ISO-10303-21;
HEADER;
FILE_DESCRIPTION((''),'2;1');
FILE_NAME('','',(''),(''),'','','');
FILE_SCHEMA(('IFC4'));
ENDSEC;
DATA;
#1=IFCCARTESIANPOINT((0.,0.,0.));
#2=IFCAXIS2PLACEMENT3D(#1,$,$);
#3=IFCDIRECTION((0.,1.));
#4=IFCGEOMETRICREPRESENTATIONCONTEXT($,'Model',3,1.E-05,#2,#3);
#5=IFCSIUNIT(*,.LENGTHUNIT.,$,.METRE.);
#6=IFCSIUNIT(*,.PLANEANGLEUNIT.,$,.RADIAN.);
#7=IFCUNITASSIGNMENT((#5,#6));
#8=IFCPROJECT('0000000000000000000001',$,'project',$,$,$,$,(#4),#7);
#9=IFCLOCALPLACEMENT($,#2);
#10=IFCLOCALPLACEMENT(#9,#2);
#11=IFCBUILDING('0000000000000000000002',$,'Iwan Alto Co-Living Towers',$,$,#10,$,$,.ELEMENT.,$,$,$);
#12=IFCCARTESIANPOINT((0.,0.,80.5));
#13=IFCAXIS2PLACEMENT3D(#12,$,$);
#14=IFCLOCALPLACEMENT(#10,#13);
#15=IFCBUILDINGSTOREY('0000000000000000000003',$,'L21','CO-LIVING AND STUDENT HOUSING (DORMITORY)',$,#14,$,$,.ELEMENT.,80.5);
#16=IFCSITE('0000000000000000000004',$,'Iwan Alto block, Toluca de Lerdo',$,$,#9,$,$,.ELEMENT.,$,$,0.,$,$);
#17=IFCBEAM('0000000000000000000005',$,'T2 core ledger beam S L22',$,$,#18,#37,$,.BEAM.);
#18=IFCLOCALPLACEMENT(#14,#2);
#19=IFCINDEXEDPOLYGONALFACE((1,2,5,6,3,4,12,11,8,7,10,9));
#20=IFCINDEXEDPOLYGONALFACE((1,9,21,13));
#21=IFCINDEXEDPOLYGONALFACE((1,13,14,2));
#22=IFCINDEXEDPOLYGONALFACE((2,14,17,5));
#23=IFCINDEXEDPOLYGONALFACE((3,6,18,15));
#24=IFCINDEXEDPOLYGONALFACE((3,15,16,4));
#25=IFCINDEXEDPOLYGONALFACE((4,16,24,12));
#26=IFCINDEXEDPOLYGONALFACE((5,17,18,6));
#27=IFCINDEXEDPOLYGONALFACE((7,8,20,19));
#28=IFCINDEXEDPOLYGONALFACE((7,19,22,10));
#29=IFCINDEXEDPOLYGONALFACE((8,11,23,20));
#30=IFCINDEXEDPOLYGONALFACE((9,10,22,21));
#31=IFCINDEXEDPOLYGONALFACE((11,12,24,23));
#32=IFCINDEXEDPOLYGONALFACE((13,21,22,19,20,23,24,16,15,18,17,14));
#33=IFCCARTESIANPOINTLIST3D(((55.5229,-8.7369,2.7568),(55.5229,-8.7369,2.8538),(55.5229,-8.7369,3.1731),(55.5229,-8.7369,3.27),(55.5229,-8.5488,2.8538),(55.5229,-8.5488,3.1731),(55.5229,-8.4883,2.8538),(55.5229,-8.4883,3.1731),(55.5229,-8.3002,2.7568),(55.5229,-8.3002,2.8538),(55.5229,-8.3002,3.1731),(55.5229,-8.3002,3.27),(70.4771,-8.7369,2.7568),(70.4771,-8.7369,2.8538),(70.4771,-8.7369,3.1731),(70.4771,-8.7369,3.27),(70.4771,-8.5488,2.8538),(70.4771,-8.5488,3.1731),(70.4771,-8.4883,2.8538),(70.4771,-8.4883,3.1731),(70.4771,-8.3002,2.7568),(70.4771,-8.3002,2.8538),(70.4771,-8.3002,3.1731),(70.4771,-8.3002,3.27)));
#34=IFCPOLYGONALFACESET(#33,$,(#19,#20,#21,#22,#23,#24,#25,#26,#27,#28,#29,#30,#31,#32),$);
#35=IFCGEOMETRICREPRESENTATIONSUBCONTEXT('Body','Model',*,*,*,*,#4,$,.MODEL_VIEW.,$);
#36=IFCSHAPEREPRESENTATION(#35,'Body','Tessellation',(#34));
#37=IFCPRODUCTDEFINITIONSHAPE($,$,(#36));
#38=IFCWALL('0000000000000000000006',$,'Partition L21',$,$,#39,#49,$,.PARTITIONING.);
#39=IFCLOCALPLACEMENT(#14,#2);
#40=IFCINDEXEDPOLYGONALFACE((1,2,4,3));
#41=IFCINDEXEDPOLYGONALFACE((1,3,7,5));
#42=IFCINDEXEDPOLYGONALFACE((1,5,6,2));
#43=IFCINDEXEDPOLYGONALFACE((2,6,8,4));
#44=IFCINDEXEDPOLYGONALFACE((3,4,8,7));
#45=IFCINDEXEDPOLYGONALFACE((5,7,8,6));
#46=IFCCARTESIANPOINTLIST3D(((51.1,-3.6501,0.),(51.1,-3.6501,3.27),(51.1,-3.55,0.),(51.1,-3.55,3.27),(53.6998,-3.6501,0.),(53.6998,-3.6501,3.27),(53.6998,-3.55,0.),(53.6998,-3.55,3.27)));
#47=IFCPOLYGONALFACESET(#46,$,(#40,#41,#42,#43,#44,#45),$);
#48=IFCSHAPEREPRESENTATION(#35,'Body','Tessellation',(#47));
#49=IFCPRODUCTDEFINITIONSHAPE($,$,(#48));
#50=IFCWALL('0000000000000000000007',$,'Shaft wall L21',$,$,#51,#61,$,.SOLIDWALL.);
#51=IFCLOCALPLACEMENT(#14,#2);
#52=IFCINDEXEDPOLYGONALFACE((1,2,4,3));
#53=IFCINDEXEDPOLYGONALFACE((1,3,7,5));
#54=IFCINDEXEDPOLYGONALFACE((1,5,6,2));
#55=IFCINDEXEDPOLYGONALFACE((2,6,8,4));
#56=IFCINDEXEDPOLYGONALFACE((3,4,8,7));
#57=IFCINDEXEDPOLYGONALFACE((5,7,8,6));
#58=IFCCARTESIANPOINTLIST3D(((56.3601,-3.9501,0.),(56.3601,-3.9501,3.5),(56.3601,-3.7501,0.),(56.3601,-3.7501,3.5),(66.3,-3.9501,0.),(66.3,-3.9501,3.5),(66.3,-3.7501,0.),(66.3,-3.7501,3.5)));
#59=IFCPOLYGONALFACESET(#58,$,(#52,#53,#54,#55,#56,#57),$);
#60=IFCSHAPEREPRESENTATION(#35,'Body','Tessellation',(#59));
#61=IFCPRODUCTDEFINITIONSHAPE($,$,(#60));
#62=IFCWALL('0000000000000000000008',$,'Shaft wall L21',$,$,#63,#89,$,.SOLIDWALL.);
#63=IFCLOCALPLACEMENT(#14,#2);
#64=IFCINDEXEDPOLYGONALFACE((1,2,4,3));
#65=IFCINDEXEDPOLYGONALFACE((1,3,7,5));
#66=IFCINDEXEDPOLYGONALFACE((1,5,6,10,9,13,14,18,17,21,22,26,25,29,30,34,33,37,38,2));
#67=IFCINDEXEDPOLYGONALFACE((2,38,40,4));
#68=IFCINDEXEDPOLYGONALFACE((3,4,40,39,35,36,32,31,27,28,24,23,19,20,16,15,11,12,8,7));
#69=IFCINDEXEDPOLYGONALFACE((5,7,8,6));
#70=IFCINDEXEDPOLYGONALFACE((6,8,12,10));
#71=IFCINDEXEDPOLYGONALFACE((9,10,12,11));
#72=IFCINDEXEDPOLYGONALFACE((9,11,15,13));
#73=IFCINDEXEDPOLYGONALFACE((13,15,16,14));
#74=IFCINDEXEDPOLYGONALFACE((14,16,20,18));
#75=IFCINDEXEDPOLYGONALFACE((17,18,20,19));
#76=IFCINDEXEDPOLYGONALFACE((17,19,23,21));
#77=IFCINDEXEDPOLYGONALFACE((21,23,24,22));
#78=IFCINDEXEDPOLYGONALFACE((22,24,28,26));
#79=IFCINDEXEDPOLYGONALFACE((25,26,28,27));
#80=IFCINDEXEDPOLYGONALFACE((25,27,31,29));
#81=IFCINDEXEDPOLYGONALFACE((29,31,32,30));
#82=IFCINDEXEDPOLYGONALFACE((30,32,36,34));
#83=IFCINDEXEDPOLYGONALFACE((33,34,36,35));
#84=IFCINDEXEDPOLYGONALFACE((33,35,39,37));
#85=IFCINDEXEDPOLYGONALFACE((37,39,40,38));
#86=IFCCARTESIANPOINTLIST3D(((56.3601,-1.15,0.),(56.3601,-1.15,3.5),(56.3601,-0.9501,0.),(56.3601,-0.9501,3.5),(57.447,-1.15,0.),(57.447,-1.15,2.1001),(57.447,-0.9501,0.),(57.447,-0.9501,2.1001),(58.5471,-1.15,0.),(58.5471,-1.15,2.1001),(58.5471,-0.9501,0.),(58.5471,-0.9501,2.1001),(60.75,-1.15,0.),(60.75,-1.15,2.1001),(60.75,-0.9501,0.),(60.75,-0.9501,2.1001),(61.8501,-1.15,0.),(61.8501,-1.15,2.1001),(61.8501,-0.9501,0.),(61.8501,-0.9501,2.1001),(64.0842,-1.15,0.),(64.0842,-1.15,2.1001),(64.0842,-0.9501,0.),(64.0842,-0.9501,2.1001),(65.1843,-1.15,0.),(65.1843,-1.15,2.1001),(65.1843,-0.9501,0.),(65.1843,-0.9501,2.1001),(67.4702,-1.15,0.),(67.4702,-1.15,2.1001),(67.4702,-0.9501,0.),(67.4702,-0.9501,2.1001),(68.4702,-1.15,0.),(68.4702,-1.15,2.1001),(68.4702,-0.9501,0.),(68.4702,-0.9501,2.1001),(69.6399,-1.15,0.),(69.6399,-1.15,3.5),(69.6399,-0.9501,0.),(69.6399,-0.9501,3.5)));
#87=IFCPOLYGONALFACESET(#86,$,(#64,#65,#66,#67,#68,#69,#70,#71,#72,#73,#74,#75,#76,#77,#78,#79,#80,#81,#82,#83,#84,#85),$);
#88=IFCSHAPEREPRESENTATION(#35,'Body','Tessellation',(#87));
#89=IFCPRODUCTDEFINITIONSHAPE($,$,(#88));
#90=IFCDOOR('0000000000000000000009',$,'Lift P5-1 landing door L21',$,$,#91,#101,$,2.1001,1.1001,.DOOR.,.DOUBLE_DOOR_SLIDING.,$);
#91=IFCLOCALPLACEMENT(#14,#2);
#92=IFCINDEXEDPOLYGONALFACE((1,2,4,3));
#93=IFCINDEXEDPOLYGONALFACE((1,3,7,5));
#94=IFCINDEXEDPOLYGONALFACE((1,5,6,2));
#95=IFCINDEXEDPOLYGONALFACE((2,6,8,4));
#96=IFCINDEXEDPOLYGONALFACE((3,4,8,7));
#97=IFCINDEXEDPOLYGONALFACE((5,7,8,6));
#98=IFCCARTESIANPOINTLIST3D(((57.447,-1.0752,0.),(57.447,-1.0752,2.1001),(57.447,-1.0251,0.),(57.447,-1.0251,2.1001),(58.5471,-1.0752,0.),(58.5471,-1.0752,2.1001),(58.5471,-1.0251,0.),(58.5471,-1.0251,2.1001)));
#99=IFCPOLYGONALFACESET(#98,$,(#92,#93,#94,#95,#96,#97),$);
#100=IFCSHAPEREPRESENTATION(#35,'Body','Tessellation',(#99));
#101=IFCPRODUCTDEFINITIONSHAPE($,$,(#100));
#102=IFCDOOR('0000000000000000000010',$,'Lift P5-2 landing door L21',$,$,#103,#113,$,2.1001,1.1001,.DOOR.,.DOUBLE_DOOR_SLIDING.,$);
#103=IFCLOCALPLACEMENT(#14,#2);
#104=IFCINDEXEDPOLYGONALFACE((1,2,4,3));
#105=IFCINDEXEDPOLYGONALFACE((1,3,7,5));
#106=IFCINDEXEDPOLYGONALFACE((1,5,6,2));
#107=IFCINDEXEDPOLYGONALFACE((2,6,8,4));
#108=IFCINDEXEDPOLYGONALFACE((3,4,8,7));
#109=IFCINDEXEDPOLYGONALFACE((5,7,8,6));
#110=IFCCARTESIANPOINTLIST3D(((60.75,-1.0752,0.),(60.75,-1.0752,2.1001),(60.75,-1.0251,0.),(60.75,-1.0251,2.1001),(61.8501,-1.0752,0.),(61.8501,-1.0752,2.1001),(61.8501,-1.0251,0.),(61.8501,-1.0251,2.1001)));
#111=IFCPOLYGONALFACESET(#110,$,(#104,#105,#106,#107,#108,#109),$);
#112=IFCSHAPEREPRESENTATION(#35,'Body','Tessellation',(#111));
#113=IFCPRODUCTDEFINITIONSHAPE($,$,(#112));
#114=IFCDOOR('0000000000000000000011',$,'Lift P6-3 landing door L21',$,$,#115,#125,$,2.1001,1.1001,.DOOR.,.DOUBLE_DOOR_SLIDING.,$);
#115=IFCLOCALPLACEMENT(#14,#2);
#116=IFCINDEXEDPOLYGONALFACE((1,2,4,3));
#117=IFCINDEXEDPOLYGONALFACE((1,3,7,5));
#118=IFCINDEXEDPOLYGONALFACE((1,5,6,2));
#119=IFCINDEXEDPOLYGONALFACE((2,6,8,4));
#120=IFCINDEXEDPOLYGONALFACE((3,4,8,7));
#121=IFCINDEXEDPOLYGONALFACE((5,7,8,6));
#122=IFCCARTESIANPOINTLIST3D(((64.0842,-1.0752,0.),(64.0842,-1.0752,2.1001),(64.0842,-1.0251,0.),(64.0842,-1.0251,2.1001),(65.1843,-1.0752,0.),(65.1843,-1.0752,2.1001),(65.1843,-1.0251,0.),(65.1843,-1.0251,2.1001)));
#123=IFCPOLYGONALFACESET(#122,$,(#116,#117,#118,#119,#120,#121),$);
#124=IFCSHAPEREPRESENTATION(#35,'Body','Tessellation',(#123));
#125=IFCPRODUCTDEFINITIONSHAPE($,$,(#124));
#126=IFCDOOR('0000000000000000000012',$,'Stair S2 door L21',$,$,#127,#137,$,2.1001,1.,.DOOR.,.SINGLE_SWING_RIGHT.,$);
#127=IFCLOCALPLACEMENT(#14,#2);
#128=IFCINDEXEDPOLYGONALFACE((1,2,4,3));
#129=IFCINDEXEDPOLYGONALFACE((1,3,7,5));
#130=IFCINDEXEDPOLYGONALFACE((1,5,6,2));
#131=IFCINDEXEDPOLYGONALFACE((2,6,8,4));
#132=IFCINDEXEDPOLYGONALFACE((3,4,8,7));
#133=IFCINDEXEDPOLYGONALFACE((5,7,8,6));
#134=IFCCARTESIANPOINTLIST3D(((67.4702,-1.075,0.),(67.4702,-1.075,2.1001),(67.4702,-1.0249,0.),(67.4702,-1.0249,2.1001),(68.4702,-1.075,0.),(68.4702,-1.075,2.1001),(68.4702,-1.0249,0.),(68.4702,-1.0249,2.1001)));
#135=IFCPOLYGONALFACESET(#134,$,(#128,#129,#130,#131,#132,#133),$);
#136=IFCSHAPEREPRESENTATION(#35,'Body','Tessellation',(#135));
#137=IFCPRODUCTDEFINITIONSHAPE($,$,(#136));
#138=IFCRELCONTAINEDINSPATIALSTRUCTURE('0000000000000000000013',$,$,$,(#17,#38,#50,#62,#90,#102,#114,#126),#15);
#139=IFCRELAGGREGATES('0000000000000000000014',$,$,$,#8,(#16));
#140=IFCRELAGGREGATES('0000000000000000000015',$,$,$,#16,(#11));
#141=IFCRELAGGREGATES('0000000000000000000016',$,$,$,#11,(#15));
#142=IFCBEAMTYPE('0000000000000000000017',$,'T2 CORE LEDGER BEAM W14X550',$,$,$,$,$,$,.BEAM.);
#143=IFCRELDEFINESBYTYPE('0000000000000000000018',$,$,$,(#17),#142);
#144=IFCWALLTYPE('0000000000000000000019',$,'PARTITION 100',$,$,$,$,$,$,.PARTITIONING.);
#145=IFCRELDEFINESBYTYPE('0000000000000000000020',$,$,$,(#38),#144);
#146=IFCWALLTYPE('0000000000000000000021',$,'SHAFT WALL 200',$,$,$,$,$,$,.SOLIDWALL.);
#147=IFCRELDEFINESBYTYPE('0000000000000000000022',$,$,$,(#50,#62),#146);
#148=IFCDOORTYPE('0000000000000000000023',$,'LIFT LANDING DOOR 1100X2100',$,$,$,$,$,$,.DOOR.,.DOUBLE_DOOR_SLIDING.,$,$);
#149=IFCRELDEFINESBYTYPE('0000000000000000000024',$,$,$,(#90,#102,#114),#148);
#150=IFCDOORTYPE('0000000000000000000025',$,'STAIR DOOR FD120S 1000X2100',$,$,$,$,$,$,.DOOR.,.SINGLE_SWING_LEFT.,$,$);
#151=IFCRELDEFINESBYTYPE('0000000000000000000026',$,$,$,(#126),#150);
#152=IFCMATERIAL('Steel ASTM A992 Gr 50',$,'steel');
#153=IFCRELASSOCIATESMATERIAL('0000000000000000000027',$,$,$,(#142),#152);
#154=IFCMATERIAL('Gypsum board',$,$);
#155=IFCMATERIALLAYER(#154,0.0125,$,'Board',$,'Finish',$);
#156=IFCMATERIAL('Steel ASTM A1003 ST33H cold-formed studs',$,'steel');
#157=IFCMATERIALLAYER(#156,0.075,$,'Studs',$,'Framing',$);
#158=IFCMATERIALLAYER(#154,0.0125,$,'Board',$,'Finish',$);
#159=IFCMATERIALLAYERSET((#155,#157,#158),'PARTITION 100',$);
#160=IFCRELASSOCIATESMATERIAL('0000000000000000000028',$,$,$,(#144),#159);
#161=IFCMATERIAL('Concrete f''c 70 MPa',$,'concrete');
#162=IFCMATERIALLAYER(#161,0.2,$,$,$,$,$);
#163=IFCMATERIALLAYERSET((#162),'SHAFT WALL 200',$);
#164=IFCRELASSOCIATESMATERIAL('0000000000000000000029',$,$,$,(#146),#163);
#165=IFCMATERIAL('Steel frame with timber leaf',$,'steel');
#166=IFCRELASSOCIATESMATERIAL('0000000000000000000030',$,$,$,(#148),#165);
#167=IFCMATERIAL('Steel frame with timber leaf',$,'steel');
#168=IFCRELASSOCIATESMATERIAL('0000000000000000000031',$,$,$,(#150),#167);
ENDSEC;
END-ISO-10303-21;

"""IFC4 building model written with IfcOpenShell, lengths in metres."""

from ifc_helpers import new_model, si_unit, direction, frame, frame_2d, origin, origin_2d, place, context, subcontext, project, spatial, rectangle, i_section, extrude, material, layer, layer_set, material_profile, profile_set, type_object, element, fill, save


model = new_model("IFC4")

# Units and contexts
model_context = context("Model", 3, precision=1e-05, world=origin(), true_north=direction((0.0, 1.0)))
body_context = subcontext(model_context, "Body", "Model", "MODEL_VIEW")
ifc_project = project(units=[si_unit("LENGTHUNIT", "METRE"), si_unit("PLANEANGLEUNIT", "RADIAN")], contexts=[model_context])

# Site, building, storey
site_placement = place(None, origin())
site = spatial("IfcSite", under=ifc_project, at=site_placement, Name="Iwan Alto block, Toluca de Lerdo", CompositionType="ELEMENT", RefElevation=0.0)
building_placement = place(site_placement, origin())
building = spatial("IfcBuilding", under=site, at=building_placement, Name="Iwan Alto Co-Living Towers", CompositionType="ELEMENT")
storey_placement = place(building_placement, frame((0.0, 0.0, 80.5)))
storey = spatial("IfcBuildingStorey", under=building, at=storey_placement, Name="L21", Description="CO-LIVING AND STUDENT HOUSING (DORMITORY)", CompositionType="ELEMENT", Elevation=80.5)

# Beam
ifc_material_1 = material(Name="Steel ASTM A992 Gr 50", Category="steel")
ifc_material_profile = material_profile(ifc_material_1, i_section(OverallWidth=0.4368, OverallDepth=0.5132, WebThickness=0.0605, FlangeThickness=0.0969, at=origin_2d()), Name="W14X550")
ifc_profile_set = profile_set([ifc_material_profile], Name="Steel ASTM A992 Gr 50")
beam_type = type_object("IfcBeamType", Name="T2 CORE LEDGER BEAM W14X550", PredefinedType="BEAM", material=ifc_profile_set)
beam_placement = place(storey_placement, frame((55.5229, -8.5186, 3.0134), z_axis=(1.0, 0.0, 0.0), x_axis=(0.0, 1.0, 0.0)))
element("IfcBeam", 1, at=beam_placement, inside=storey, type_object=beam_type, Name="T2 core ledger beam S L22", PredefinedType="BEAM", context=body_context, shape_type="SweptSolid", body=[
    extrude(i_section(OverallWidth=0.4368, OverallDepth=0.5132, WebThickness=0.0605, FlangeThickness=0.0969, at=origin_2d()), origin(), (0.0, 0.0, 1.0), 14.9541),
])

# Walls
ifc_material_2 = material(Name="Gypsum board")
ifc_layer_1 = layer(ifc_material_2, 0.0125, Name="Board", Category="Finish")
ifc_material_3 = material(Name="Steel ASTM A1003 ST33H cold-formed studs", Category="steel")
ifc_layer_2 = layer(ifc_material_3, 0.075, Name="Studs", Category="Framing")
ifc_layer_3 = layer(ifc_material_2, 0.0125, Name="Board", Category="Finish")
ifc_layer_set_1 = layer_set([ifc_layer_1, ifc_layer_2, ifc_layer_3], Name="PARTITION 100")
wall_type_1 = type_object("IfcWallType", Name="PARTITION 100", PredefinedType="PARTITIONING", material=ifc_layer_set_1)
wall_1_placement = place(storey_placement, frame((51.1001, -3.6001, 0.0), z_axis=(0.0, 0.0, 1.0), x_axis=(1.0, 0.0, 0.0)))
element("IfcWall", 2, at=wall_1_placement, inside=storey, type_object=wall_type_1, Name="Partition L21", PredefinedType="PARTITIONING", context=body_context, shape_type="SweptSolid", body=[
    extrude(rectangle(XDim=2.5999, YDim=0.1001, at=frame_2d((1.2998, 0.0))), origin(), (0.0, 0.0, 1.0), 3.27),
])
ifc_material_4 = material(Name="Concrete f'c 70 MPa", Category="concrete")
ifc_layer_4 = layer(ifc_material_4, 0.2)
ifc_layer_set_2 = layer_set([ifc_layer_4], Name="SHAFT WALL 200")
wall_type_2 = type_object("IfcWallType", Name="SHAFT WALL 200", PredefinedType="SOLIDWALL", material=ifc_layer_set_2)
wall_2_placement = place(storey_placement, frame((56.3601, -3.8501, 0.0), z_axis=(0.0, 0.0, 1.0), x_axis=(1.0, 0.0, 0.0)))
element("IfcWall", 3, at=wall_2_placement, inside=storey, type_object=wall_type_2, Name="Shaft wall L21", PredefinedType="SOLIDWALL", context=body_context, shape_type="SweptSolid", body=[
    extrude(rectangle(XDim=9.9399, YDim=0.2, at=frame_2d((4.97, 0.0))), origin(), (0.0, 0.0, 1.0), 3.5),
])

# Wall, openings, doors
wall_3_placement = place(storey_placement, frame((56.3601, -1.05, 0.0), z_axis=(0.0, 0.0, 1.0), x_axis=(1.0, 0.0, 0.0)))
wall_3 = element("IfcWall", 4, at=wall_3_placement, inside=storey, type_object=wall_type_2, Name="Shaft wall L21", PredefinedType="SOLIDWALL", context=body_context, shape_type="SweptSolid", body=[
    extrude(rectangle(XDim=13.2798, YDim=0.2, at=frame_2d((6.6399, 0.0))), origin(), (0.0, 0.0, 1.0), 3.5),
])
opening_1_placement = place(wall_3_placement, frame((11.1101, 0.0, 0.0)))
opening_1 = element("IfcOpeningElement", 5, at=opening_1_placement, cuts=wall_3, PredefinedType="OPENING", context=body_context, shape_type="SweptSolid", body=[
    extrude(rectangle(XDim=1.0, YDim=2.1001, at=frame_2d((0.5, 1.05))), frame((0.0, 0.1099, 0.0), z_axis=(0.0, -1.0, 0.0), x_axis=(1.0, 0.0, 0.0)), (0.0, 0.0, 1.0), 0.22),
])
opening_2_placement = place(wall_3_placement, frame((1.0869, 0.0, 0.0)))
opening_2 = element("IfcOpeningElement", 6, at=opening_2_placement, cuts=wall_3, PredefinedType="OPENING", context=body_context, shape_type="SweptSolid", body=[
    extrude(rectangle(XDim=1.1001, YDim=2.1001, at=frame_2d((0.55, 1.05))), frame((0.0, 0.1099, 0.0), z_axis=(0.0, -1.0, 0.0), x_axis=(1.0, 0.0, 0.0)), (0.0, 0.0, 1.0), 0.22),
])
opening_3_placement = place(wall_3_placement, frame((4.3899, 0.0, 0.0)))
opening_3 = element("IfcOpeningElement", 7, at=opening_3_placement, cuts=wall_3, PredefinedType="OPENING", context=body_context, shape_type="SweptSolid", body=[
    extrude(rectangle(XDim=1.1001, YDim=2.1001, at=frame_2d((0.55, 1.05))), frame((0.0, 0.1099, 0.0), z_axis=(0.0, -1.0, 0.0), x_axis=(1.0, 0.0, 0.0)), (0.0, 0.0, 1.0), 0.22),
])
opening_4_placement = place(wall_3_placement, frame((7.7241, 0.0, 0.0)))
opening_4 = element("IfcOpeningElement", 8, at=opening_4_placement, cuts=wall_3, PredefinedType="OPENING", context=body_context, shape_type="SweptSolid", body=[
    extrude(rectangle(XDim=1.1001, YDim=2.1001, at=frame_2d((0.55, 1.05))), frame((0.0, 0.1099, 0.0), z_axis=(0.0, -1.0, 0.0), x_axis=(1.0, 0.0, 0.0)), (0.0, 0.0, 1.0), 0.22),
])
ifc_material_5 = material(Name="Steel frame with timber leaf", Category="steel")
door_type_1 = type_object("IfcDoorType", Name="LIFT LANDING DOOR 1100X2100", OperationType="DOUBLE_DOOR_SLIDING", PredefinedType="DOOR", material=ifc_material_5)
door_1_placement = place(opening_2_placement, origin())
door_1 = element("IfcDoor", 9, at=door_1_placement, inside=storey, type_object=door_type_1, Name="Lift P5-1 landing door L21", OperationType="DOUBLE_DOOR_SLIDING", OverallHeight=2.1001, OverallWidth=1.1001, PredefinedType="DOOR", context=body_context, shape_type="SweptSolid", body=[
    extrude(rectangle(XDim=1.1001, YDim=2.1001, at=frame_2d((0.55, 1.05))), frame((0.0, 0.0249, 0.0), z_axis=(0.0, -1.0, 0.0), x_axis=(1.0, 0.0, 0.0)), (0.0, 0.0, 1.0), 0.05),
])
fill(opening_2, door_1)
door_2_placement = place(opening_3_placement, origin())
door_2 = element("IfcDoor", 10, at=door_2_placement, inside=storey, type_object=door_type_1, Name="Lift P5-2 landing door L21", OperationType="DOUBLE_DOOR_SLIDING", OverallHeight=2.1001, OverallWidth=1.1001, PredefinedType="DOOR", context=body_context, shape_type="SweptSolid", body=[
    extrude(rectangle(XDim=1.1001, YDim=2.1001, at=frame_2d((0.55, 1.05))), frame((0.0, 0.0249, 0.0), z_axis=(0.0, -1.0, 0.0), x_axis=(1.0, 0.0, 0.0)), (0.0, 0.0, 1.0), 0.05),
])
fill(opening_3, door_2)
door_3_placement = place(opening_4_placement, origin())
door_3 = element("IfcDoor", 11, at=door_3_placement, inside=storey, type_object=door_type_1, Name="Lift P6-3 landing door L21", OperationType="DOUBLE_DOOR_SLIDING", OverallHeight=2.1001, OverallWidth=1.1001, PredefinedType="DOOR", context=body_context, shape_type="SweptSolid", body=[
    extrude(rectangle(XDim=1.1001, YDim=2.1001, at=frame_2d((0.55, 1.05))), frame((0.0, 0.0249, 0.0), z_axis=(0.0, -1.0, 0.0), x_axis=(1.0, 0.0, 0.0)), (0.0, 0.0, 1.0), 0.05),
])
fill(opening_4, door_3)
ifc_material_6 = material(Name="Steel frame with timber leaf", Category="steel")
door_type_2 = type_object("IfcDoorType", Name="STAIR DOOR FD120S 1000X2100", OperationType="SINGLE_SWING_LEFT", PredefinedType="DOOR", material=ifc_material_6)
door_4_placement = place(opening_1_placement, frame((1.0, 0.0, 0.0), z_axis=(0.0, 0.0, 1.0), x_axis=(-1.0, 0.0, 0.0)))
door_4 = element("IfcDoor", 12, at=door_4_placement, inside=storey, type_object=door_type_2, Name="Stair S2 door L21", OperationType="SINGLE_SWING_RIGHT", OverallHeight=2.1001, OverallWidth=1.0, PredefinedType="DOOR", context=body_context, shape_type="SweptSolid", body=[
    extrude(rectangle(XDim=1.0, YDim=2.1001, at=frame_2d((0.5, 1.05))), frame((0.0, 0.0249, 0.0), z_axis=(0.0, -1.0, 0.0), x_axis=(1.0, 0.0, 0.0)), (0.0, 0.0, 1.0), 0.05),
])
fill(opening_1, door_4)

save(model, "model.ifc")
